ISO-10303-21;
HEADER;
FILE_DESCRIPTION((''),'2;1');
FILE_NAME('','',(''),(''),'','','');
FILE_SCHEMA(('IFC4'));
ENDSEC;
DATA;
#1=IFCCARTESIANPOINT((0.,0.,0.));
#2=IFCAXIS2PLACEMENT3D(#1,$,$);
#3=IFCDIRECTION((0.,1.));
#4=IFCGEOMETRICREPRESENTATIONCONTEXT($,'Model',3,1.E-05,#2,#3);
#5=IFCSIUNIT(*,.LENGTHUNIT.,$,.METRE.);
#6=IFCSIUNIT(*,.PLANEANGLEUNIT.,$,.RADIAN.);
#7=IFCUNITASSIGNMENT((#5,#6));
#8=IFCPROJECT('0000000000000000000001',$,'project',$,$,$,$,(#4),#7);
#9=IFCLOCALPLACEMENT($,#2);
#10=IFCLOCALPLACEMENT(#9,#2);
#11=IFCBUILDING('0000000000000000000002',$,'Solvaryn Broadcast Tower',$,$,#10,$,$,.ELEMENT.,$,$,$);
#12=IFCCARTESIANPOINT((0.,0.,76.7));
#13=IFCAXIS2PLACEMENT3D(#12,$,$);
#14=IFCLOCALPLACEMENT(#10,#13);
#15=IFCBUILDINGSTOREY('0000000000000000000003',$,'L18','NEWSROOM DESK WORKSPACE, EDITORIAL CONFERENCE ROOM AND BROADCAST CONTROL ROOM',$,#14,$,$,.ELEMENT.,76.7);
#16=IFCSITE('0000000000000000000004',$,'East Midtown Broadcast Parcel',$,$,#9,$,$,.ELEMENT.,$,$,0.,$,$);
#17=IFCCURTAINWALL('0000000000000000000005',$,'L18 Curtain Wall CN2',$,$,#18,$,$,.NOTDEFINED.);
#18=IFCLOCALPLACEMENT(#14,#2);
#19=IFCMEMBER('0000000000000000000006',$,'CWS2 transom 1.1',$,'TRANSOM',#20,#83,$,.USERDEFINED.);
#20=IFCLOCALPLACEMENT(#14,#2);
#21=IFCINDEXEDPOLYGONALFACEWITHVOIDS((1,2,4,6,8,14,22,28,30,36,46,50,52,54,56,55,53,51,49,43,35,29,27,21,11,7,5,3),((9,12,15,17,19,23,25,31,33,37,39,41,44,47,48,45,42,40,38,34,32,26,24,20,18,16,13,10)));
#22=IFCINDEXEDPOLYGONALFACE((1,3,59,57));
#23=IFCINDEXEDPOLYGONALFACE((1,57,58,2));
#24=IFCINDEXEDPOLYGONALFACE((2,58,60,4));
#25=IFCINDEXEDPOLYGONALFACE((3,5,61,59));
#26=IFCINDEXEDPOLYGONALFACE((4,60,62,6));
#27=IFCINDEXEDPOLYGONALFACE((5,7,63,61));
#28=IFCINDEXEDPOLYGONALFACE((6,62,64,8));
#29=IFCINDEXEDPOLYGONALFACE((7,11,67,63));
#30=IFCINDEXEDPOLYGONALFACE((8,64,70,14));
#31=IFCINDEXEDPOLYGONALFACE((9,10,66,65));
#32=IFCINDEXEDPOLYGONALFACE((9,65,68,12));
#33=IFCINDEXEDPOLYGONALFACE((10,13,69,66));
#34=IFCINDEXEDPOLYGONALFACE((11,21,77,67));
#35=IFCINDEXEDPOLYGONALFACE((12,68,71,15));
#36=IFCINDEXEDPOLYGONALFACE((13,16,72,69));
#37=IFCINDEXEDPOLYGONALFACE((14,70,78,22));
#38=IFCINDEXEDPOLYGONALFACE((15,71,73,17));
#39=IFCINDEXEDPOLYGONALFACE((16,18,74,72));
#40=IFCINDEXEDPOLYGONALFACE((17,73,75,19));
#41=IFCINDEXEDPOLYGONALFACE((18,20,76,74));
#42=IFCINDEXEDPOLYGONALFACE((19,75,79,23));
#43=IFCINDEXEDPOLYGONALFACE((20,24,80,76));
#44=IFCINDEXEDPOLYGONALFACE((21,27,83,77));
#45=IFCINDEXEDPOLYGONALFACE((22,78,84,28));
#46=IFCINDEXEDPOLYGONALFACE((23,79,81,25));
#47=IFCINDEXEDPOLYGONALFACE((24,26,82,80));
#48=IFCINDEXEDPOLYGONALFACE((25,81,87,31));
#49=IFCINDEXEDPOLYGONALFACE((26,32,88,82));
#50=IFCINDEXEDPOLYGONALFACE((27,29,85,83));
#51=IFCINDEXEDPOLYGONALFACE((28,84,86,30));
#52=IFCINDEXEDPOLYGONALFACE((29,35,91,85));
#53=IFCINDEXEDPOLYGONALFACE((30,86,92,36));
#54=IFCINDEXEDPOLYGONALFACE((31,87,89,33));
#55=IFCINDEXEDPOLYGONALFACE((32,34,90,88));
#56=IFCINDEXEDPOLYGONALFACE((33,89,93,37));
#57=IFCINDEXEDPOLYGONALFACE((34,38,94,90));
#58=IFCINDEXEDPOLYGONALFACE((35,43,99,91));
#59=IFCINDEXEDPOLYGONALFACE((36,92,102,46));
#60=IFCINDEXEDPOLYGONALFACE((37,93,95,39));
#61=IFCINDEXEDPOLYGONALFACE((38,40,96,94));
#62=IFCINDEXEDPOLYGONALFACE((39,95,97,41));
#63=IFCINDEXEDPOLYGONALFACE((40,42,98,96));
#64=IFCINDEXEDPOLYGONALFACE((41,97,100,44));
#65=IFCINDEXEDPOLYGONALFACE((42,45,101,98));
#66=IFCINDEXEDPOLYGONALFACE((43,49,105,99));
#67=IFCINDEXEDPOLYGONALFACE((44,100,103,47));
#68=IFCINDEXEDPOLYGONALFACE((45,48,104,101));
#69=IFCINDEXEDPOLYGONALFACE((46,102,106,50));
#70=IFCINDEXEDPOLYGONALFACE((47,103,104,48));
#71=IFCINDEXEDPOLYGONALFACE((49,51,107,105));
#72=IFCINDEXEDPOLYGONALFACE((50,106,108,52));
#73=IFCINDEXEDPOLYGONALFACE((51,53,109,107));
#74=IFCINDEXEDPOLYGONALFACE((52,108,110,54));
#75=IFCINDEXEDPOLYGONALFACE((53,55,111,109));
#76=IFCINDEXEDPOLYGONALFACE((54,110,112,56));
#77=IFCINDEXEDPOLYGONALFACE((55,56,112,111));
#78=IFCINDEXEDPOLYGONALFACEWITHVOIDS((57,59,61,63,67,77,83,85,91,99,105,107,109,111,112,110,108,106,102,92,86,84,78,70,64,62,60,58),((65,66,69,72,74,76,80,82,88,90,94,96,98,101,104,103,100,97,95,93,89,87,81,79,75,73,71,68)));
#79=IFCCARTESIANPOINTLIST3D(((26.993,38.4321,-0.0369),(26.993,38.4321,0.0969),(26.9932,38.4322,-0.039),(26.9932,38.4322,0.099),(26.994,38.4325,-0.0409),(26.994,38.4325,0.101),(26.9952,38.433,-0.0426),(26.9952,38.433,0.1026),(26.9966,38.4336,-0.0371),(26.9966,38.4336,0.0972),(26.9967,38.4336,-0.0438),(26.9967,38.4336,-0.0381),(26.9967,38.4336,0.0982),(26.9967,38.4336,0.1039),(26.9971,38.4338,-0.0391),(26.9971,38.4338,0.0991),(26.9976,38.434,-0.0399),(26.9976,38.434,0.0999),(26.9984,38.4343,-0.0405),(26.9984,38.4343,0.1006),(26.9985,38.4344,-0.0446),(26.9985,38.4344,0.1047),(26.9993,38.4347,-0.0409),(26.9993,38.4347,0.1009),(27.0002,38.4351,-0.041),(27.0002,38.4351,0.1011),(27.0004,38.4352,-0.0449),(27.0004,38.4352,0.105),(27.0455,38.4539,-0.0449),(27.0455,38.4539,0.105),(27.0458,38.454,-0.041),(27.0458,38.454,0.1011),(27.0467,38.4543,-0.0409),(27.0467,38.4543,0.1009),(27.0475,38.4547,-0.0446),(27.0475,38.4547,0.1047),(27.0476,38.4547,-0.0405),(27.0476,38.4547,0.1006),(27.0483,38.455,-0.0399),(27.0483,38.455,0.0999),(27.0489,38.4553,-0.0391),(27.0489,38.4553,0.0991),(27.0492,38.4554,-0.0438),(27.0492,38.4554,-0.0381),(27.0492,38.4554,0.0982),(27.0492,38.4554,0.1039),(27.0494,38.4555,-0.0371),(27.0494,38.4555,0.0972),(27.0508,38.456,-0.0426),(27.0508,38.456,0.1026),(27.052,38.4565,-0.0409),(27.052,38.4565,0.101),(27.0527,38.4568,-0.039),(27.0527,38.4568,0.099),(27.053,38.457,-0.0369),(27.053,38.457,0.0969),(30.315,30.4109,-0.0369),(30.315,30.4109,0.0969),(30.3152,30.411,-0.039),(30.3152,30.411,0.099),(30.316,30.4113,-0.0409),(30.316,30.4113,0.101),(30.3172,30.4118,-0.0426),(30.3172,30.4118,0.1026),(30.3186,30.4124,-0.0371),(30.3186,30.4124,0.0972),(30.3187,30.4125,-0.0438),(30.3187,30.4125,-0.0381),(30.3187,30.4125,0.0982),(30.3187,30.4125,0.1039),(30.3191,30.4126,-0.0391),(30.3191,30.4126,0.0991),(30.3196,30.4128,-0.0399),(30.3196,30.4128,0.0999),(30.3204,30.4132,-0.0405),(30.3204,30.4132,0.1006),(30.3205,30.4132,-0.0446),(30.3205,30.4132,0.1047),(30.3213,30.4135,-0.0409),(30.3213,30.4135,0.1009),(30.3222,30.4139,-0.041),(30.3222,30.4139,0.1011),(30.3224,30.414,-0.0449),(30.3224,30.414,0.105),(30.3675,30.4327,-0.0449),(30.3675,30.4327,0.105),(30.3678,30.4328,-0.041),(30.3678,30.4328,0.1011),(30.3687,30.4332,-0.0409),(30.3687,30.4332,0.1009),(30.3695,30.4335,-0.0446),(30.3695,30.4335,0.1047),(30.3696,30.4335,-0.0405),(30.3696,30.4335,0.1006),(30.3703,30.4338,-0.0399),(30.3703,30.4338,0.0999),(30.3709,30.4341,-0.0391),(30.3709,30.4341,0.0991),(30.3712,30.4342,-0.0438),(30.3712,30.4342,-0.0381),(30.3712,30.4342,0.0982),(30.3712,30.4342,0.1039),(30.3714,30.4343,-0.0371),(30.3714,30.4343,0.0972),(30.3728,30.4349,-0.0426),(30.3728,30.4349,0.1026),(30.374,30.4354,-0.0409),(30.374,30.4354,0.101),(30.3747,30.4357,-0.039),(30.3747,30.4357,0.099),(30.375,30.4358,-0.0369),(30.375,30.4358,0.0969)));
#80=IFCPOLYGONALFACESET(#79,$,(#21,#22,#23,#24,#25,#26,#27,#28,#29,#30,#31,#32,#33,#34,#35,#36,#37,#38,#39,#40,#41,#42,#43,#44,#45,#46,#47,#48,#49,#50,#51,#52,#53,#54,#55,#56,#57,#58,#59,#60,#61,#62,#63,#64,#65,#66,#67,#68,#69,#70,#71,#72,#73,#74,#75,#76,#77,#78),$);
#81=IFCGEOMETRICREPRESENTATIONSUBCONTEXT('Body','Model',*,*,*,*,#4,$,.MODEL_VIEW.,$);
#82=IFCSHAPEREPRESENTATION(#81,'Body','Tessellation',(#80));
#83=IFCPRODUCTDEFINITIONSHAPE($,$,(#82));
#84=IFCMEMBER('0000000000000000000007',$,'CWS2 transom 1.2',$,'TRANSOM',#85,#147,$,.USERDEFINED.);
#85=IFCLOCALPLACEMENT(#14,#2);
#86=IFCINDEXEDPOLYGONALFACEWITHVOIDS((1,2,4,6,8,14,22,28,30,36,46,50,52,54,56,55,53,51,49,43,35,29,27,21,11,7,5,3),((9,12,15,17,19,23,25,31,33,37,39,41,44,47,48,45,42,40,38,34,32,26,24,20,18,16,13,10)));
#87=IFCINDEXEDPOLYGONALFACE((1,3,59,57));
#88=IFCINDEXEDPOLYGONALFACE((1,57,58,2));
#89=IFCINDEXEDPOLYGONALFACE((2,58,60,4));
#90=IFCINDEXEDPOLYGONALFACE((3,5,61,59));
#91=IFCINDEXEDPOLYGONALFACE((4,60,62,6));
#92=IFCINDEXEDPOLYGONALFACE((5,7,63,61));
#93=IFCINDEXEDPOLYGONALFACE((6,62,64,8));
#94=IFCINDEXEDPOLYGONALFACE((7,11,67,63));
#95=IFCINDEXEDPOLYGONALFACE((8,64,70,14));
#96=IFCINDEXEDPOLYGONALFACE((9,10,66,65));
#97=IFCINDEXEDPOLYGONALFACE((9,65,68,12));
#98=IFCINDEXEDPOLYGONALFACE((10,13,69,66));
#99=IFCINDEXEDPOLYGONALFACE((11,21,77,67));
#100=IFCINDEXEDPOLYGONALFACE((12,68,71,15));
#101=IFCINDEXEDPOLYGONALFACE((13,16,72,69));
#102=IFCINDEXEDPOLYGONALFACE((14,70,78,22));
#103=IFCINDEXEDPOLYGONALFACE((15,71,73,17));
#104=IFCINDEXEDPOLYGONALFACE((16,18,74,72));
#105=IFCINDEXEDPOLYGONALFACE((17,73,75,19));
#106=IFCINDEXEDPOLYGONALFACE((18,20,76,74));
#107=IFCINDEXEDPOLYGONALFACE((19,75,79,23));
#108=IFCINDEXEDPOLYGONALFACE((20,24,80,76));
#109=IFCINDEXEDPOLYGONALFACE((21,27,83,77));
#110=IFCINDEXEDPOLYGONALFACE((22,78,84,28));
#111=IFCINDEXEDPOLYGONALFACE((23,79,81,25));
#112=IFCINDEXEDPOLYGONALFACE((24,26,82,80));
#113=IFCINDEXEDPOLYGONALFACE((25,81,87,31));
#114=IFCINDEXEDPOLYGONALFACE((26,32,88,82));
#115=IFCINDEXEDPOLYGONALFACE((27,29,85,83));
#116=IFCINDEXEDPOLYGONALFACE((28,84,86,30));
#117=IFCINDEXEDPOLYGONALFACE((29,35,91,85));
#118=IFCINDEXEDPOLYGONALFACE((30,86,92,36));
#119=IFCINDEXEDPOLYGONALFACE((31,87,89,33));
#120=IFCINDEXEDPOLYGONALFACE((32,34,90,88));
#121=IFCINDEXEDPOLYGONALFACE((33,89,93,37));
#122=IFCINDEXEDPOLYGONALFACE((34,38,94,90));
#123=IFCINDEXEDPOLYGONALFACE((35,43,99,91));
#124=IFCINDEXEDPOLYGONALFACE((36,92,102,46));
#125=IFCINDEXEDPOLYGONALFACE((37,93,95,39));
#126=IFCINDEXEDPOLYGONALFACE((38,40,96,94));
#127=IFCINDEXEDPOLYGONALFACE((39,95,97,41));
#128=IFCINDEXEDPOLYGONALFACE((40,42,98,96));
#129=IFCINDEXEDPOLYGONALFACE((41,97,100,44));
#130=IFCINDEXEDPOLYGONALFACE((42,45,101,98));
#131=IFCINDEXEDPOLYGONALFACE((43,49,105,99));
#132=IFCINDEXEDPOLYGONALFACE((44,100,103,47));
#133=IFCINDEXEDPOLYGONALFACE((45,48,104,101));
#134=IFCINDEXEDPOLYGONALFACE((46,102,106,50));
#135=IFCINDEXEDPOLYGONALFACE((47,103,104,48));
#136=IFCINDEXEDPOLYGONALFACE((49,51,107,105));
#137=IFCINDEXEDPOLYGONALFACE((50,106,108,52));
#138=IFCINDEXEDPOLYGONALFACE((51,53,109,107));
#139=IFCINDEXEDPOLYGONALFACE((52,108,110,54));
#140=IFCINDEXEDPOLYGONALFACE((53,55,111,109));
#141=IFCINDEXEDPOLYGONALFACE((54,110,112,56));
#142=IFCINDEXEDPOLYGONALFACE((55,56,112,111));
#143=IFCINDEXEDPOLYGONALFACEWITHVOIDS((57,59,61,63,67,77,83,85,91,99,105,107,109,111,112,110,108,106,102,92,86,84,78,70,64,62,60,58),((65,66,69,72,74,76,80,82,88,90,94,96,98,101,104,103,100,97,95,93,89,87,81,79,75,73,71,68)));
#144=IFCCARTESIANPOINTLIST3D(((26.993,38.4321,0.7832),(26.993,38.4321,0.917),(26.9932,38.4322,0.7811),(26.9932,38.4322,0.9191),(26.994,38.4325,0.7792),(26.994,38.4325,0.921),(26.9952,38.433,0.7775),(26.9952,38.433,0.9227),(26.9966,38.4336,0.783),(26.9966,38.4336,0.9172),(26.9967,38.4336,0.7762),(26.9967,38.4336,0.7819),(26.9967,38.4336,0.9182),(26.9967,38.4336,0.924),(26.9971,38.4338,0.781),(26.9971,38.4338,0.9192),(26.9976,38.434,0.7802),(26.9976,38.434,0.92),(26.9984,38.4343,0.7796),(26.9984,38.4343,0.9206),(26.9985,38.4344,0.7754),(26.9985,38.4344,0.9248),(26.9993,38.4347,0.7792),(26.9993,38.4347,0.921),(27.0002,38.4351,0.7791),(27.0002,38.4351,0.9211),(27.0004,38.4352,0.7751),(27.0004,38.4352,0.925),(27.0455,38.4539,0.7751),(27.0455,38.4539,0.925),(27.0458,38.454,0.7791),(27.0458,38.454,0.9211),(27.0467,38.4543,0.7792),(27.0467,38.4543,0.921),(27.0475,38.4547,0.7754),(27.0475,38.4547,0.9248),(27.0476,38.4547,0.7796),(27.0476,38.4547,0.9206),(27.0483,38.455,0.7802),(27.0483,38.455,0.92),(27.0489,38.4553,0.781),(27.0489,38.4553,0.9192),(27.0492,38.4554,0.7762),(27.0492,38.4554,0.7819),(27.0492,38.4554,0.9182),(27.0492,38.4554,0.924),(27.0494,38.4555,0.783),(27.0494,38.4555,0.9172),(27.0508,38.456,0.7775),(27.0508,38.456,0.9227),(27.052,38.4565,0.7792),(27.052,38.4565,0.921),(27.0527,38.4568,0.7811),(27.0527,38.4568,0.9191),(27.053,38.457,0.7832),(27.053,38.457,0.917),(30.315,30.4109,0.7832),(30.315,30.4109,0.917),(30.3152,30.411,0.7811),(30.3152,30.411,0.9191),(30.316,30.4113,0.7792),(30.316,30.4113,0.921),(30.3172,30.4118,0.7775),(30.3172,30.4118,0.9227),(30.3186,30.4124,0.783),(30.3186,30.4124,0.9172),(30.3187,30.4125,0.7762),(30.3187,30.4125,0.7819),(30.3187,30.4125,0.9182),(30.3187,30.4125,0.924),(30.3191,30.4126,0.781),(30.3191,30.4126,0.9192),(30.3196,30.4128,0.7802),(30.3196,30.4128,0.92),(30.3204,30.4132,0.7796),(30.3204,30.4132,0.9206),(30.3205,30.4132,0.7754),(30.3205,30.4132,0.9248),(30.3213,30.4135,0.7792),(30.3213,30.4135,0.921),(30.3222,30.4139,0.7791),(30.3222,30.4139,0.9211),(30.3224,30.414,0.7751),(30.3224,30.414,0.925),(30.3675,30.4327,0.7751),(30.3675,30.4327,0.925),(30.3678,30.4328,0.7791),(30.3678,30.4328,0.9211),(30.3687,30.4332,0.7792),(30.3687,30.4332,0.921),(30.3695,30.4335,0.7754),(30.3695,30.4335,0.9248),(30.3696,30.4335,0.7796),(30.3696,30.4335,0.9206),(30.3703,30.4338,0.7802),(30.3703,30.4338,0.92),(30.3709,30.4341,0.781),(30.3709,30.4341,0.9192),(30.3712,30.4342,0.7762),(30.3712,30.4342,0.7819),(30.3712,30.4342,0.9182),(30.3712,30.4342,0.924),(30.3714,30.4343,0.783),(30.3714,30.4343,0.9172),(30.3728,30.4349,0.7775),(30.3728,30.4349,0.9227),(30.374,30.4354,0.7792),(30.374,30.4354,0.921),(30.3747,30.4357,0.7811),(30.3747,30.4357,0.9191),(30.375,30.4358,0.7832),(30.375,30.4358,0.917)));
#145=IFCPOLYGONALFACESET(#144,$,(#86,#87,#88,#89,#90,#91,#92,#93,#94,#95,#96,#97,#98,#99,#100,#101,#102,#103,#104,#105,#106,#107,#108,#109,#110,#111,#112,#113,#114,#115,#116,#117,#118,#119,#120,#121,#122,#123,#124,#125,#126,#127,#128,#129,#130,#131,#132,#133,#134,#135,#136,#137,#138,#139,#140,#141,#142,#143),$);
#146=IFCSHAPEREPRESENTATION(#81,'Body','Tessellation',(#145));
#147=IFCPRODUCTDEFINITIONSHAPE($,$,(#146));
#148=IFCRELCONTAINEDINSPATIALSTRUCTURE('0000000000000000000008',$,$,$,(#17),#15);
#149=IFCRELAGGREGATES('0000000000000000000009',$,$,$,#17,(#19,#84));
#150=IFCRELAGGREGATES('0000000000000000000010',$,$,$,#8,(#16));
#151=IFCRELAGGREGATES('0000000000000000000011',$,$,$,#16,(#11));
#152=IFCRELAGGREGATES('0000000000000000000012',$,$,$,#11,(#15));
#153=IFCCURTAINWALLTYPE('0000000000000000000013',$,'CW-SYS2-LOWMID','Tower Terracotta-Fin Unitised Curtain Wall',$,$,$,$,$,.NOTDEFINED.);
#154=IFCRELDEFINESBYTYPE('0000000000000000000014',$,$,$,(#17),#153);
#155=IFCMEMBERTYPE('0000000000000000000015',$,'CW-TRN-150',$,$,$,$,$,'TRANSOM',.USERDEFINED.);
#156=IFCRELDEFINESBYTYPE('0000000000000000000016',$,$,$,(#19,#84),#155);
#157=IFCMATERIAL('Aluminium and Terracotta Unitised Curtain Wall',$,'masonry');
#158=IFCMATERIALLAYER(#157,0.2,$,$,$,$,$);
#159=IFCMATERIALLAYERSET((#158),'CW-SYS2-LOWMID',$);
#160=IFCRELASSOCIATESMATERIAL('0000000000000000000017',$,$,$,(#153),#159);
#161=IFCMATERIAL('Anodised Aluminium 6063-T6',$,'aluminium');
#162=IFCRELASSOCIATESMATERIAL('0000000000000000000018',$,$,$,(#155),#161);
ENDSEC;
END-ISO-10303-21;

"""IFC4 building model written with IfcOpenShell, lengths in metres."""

from ifc_helpers import new_model, si_unit, direction, frame, origin, origin_2d, place, context, subcontext, project, spatial, hollow_rectangle, extrude, material, layer, layer_set, material_profile, profile_set, type_object, element, aggregate, save


model = new_model("IFC4")

# Units and contexts
model_context = context("Model", 3, precision=1e-05, world=origin(), true_north=direction((0.0, 1.0)))
body_context = subcontext(model_context, "Body", "Model", "MODEL_VIEW")
ifc_project = project(units=[si_unit("LENGTHUNIT", "METRE"), si_unit("PLANEANGLEUNIT", "RADIAN")], contexts=[model_context])

# Site, building, storey
site_placement = place(None, origin())
site = spatial("IfcSite", under=ifc_project, at=site_placement, Name="East Midtown Broadcast Parcel", CompositionType="ELEMENT", RefElevation=0.0)
building_placement = place(site_placement, origin())
building = spatial("IfcBuilding", under=site, at=building_placement, Name="Solvaryn Broadcast Tower", CompositionType="ELEMENT")
storey_placement = place(building_placement, frame((0.0, 0.0, 76.7)))
storey = spatial("IfcBuildingStorey", under=building, at=storey_placement, Name="L18", Description="NEWSROOM DESK WORKSPACE, EDITORIAL CONFERENCE ROOM AND BROADCAST CONTROL ROOM", CompositionType="ELEMENT", Elevation=76.7)

# Shared definitions
ifc_material_1 = material(Name="Aluminium and Terracotta Unitised Curtain Wall", Category="masonry")
ifc_layer_1 = layer(ifc_material_1, 0.2)
ifc_layer_set_1 = layer_set([ifc_layer_1], Name="CW-SYS2-LOWMID")
curtain_wall_type = type_object("IfcCurtainWallType", Name="CW-SYS2-LOWMID", Description="Tower Terracotta-Fin Unitised Curtain Wall", PredefinedType="NOTDEFINED", material=ifc_layer_set_1)

# Curtain wall, members
curtain_wall_1_placement = place(storey_placement, origin())
curtain_wall_1 = element("IfcCurtainWall", 1, at=curtain_wall_1_placement, inside=storey, type_object=curtain_wall_type, Name="L18 Curtain Wall CN2", PredefinedType="NOTDEFINED")
ifc_material_2 = material(Name="Anodised Aluminium 6063-T6", Category="aluminium")
ifc_material_profile_1 = material_profile(ifc_material_2, hollow_rectangle(XDim=0.0649, YDim=0.1499, WallThickness=0.0039, InnerFilletRadius=0.0039, OuterFilletRadius=0.0081, at=origin_2d()))
ifc_profile_set_1 = profile_set([ifc_material_profile_1], Name="Anodised Aluminium 6063-T6")
member_type_1 = type_object("IfcMemberType", Name="CW-TRN-150", ElementType="TRANSOM", PredefinedType="USERDEFINED", material=ifc_profile_set_1)
member_1_placement = place(storey_placement, frame((30.345, 30.4233, 0.03), z_axis=(-0.382636, 0.923899, 0.0), x_axis=(-0.923899, -0.382636, 0.0)))
member_1 = element("IfcMember", 2, at=member_1_placement, type_object=member_type_1, Name="CWS2 transom 1.1", ObjectType="TRANSOM", PredefinedType="USERDEFINED", context=body_context, shape_type="SweptSolid", body=[
    extrude(hollow_rectangle(XDim=0.0649, YDim=0.1499, WallThickness=0.0039, InnerFilletRadius=0.0039, OuterFilletRadius=0.0081, at=origin_2d()), origin(), (0.0, 0.0, 1.0), 8.6819),
])
member_2_placement = place(storey_placement, frame((30.345, 30.4233, 0.8501), z_axis=(-0.382636, 0.923899, 0.0), x_axis=(-0.923899, -0.382636, 0.0)))
member_2 = element("IfcMember", 3, at=member_2_placement, type_object=member_type_1, Name="CWS2 transom 1.2", ObjectType="TRANSOM", PredefinedType="USERDEFINED", context=body_context, shape_type="SweptSolid", body=[
    extrude(hollow_rectangle(XDim=0.0649, YDim=0.1499, WallThickness=0.0039, InnerFilletRadius=0.0039, OuterFilletRadius=0.0081, at=origin_2d()), origin(), (0.0, 0.0, 1.0), 8.6819),
])
aggregate(curtain_wall_1, [member_1, member_2])

save(model, "model.ifc")
